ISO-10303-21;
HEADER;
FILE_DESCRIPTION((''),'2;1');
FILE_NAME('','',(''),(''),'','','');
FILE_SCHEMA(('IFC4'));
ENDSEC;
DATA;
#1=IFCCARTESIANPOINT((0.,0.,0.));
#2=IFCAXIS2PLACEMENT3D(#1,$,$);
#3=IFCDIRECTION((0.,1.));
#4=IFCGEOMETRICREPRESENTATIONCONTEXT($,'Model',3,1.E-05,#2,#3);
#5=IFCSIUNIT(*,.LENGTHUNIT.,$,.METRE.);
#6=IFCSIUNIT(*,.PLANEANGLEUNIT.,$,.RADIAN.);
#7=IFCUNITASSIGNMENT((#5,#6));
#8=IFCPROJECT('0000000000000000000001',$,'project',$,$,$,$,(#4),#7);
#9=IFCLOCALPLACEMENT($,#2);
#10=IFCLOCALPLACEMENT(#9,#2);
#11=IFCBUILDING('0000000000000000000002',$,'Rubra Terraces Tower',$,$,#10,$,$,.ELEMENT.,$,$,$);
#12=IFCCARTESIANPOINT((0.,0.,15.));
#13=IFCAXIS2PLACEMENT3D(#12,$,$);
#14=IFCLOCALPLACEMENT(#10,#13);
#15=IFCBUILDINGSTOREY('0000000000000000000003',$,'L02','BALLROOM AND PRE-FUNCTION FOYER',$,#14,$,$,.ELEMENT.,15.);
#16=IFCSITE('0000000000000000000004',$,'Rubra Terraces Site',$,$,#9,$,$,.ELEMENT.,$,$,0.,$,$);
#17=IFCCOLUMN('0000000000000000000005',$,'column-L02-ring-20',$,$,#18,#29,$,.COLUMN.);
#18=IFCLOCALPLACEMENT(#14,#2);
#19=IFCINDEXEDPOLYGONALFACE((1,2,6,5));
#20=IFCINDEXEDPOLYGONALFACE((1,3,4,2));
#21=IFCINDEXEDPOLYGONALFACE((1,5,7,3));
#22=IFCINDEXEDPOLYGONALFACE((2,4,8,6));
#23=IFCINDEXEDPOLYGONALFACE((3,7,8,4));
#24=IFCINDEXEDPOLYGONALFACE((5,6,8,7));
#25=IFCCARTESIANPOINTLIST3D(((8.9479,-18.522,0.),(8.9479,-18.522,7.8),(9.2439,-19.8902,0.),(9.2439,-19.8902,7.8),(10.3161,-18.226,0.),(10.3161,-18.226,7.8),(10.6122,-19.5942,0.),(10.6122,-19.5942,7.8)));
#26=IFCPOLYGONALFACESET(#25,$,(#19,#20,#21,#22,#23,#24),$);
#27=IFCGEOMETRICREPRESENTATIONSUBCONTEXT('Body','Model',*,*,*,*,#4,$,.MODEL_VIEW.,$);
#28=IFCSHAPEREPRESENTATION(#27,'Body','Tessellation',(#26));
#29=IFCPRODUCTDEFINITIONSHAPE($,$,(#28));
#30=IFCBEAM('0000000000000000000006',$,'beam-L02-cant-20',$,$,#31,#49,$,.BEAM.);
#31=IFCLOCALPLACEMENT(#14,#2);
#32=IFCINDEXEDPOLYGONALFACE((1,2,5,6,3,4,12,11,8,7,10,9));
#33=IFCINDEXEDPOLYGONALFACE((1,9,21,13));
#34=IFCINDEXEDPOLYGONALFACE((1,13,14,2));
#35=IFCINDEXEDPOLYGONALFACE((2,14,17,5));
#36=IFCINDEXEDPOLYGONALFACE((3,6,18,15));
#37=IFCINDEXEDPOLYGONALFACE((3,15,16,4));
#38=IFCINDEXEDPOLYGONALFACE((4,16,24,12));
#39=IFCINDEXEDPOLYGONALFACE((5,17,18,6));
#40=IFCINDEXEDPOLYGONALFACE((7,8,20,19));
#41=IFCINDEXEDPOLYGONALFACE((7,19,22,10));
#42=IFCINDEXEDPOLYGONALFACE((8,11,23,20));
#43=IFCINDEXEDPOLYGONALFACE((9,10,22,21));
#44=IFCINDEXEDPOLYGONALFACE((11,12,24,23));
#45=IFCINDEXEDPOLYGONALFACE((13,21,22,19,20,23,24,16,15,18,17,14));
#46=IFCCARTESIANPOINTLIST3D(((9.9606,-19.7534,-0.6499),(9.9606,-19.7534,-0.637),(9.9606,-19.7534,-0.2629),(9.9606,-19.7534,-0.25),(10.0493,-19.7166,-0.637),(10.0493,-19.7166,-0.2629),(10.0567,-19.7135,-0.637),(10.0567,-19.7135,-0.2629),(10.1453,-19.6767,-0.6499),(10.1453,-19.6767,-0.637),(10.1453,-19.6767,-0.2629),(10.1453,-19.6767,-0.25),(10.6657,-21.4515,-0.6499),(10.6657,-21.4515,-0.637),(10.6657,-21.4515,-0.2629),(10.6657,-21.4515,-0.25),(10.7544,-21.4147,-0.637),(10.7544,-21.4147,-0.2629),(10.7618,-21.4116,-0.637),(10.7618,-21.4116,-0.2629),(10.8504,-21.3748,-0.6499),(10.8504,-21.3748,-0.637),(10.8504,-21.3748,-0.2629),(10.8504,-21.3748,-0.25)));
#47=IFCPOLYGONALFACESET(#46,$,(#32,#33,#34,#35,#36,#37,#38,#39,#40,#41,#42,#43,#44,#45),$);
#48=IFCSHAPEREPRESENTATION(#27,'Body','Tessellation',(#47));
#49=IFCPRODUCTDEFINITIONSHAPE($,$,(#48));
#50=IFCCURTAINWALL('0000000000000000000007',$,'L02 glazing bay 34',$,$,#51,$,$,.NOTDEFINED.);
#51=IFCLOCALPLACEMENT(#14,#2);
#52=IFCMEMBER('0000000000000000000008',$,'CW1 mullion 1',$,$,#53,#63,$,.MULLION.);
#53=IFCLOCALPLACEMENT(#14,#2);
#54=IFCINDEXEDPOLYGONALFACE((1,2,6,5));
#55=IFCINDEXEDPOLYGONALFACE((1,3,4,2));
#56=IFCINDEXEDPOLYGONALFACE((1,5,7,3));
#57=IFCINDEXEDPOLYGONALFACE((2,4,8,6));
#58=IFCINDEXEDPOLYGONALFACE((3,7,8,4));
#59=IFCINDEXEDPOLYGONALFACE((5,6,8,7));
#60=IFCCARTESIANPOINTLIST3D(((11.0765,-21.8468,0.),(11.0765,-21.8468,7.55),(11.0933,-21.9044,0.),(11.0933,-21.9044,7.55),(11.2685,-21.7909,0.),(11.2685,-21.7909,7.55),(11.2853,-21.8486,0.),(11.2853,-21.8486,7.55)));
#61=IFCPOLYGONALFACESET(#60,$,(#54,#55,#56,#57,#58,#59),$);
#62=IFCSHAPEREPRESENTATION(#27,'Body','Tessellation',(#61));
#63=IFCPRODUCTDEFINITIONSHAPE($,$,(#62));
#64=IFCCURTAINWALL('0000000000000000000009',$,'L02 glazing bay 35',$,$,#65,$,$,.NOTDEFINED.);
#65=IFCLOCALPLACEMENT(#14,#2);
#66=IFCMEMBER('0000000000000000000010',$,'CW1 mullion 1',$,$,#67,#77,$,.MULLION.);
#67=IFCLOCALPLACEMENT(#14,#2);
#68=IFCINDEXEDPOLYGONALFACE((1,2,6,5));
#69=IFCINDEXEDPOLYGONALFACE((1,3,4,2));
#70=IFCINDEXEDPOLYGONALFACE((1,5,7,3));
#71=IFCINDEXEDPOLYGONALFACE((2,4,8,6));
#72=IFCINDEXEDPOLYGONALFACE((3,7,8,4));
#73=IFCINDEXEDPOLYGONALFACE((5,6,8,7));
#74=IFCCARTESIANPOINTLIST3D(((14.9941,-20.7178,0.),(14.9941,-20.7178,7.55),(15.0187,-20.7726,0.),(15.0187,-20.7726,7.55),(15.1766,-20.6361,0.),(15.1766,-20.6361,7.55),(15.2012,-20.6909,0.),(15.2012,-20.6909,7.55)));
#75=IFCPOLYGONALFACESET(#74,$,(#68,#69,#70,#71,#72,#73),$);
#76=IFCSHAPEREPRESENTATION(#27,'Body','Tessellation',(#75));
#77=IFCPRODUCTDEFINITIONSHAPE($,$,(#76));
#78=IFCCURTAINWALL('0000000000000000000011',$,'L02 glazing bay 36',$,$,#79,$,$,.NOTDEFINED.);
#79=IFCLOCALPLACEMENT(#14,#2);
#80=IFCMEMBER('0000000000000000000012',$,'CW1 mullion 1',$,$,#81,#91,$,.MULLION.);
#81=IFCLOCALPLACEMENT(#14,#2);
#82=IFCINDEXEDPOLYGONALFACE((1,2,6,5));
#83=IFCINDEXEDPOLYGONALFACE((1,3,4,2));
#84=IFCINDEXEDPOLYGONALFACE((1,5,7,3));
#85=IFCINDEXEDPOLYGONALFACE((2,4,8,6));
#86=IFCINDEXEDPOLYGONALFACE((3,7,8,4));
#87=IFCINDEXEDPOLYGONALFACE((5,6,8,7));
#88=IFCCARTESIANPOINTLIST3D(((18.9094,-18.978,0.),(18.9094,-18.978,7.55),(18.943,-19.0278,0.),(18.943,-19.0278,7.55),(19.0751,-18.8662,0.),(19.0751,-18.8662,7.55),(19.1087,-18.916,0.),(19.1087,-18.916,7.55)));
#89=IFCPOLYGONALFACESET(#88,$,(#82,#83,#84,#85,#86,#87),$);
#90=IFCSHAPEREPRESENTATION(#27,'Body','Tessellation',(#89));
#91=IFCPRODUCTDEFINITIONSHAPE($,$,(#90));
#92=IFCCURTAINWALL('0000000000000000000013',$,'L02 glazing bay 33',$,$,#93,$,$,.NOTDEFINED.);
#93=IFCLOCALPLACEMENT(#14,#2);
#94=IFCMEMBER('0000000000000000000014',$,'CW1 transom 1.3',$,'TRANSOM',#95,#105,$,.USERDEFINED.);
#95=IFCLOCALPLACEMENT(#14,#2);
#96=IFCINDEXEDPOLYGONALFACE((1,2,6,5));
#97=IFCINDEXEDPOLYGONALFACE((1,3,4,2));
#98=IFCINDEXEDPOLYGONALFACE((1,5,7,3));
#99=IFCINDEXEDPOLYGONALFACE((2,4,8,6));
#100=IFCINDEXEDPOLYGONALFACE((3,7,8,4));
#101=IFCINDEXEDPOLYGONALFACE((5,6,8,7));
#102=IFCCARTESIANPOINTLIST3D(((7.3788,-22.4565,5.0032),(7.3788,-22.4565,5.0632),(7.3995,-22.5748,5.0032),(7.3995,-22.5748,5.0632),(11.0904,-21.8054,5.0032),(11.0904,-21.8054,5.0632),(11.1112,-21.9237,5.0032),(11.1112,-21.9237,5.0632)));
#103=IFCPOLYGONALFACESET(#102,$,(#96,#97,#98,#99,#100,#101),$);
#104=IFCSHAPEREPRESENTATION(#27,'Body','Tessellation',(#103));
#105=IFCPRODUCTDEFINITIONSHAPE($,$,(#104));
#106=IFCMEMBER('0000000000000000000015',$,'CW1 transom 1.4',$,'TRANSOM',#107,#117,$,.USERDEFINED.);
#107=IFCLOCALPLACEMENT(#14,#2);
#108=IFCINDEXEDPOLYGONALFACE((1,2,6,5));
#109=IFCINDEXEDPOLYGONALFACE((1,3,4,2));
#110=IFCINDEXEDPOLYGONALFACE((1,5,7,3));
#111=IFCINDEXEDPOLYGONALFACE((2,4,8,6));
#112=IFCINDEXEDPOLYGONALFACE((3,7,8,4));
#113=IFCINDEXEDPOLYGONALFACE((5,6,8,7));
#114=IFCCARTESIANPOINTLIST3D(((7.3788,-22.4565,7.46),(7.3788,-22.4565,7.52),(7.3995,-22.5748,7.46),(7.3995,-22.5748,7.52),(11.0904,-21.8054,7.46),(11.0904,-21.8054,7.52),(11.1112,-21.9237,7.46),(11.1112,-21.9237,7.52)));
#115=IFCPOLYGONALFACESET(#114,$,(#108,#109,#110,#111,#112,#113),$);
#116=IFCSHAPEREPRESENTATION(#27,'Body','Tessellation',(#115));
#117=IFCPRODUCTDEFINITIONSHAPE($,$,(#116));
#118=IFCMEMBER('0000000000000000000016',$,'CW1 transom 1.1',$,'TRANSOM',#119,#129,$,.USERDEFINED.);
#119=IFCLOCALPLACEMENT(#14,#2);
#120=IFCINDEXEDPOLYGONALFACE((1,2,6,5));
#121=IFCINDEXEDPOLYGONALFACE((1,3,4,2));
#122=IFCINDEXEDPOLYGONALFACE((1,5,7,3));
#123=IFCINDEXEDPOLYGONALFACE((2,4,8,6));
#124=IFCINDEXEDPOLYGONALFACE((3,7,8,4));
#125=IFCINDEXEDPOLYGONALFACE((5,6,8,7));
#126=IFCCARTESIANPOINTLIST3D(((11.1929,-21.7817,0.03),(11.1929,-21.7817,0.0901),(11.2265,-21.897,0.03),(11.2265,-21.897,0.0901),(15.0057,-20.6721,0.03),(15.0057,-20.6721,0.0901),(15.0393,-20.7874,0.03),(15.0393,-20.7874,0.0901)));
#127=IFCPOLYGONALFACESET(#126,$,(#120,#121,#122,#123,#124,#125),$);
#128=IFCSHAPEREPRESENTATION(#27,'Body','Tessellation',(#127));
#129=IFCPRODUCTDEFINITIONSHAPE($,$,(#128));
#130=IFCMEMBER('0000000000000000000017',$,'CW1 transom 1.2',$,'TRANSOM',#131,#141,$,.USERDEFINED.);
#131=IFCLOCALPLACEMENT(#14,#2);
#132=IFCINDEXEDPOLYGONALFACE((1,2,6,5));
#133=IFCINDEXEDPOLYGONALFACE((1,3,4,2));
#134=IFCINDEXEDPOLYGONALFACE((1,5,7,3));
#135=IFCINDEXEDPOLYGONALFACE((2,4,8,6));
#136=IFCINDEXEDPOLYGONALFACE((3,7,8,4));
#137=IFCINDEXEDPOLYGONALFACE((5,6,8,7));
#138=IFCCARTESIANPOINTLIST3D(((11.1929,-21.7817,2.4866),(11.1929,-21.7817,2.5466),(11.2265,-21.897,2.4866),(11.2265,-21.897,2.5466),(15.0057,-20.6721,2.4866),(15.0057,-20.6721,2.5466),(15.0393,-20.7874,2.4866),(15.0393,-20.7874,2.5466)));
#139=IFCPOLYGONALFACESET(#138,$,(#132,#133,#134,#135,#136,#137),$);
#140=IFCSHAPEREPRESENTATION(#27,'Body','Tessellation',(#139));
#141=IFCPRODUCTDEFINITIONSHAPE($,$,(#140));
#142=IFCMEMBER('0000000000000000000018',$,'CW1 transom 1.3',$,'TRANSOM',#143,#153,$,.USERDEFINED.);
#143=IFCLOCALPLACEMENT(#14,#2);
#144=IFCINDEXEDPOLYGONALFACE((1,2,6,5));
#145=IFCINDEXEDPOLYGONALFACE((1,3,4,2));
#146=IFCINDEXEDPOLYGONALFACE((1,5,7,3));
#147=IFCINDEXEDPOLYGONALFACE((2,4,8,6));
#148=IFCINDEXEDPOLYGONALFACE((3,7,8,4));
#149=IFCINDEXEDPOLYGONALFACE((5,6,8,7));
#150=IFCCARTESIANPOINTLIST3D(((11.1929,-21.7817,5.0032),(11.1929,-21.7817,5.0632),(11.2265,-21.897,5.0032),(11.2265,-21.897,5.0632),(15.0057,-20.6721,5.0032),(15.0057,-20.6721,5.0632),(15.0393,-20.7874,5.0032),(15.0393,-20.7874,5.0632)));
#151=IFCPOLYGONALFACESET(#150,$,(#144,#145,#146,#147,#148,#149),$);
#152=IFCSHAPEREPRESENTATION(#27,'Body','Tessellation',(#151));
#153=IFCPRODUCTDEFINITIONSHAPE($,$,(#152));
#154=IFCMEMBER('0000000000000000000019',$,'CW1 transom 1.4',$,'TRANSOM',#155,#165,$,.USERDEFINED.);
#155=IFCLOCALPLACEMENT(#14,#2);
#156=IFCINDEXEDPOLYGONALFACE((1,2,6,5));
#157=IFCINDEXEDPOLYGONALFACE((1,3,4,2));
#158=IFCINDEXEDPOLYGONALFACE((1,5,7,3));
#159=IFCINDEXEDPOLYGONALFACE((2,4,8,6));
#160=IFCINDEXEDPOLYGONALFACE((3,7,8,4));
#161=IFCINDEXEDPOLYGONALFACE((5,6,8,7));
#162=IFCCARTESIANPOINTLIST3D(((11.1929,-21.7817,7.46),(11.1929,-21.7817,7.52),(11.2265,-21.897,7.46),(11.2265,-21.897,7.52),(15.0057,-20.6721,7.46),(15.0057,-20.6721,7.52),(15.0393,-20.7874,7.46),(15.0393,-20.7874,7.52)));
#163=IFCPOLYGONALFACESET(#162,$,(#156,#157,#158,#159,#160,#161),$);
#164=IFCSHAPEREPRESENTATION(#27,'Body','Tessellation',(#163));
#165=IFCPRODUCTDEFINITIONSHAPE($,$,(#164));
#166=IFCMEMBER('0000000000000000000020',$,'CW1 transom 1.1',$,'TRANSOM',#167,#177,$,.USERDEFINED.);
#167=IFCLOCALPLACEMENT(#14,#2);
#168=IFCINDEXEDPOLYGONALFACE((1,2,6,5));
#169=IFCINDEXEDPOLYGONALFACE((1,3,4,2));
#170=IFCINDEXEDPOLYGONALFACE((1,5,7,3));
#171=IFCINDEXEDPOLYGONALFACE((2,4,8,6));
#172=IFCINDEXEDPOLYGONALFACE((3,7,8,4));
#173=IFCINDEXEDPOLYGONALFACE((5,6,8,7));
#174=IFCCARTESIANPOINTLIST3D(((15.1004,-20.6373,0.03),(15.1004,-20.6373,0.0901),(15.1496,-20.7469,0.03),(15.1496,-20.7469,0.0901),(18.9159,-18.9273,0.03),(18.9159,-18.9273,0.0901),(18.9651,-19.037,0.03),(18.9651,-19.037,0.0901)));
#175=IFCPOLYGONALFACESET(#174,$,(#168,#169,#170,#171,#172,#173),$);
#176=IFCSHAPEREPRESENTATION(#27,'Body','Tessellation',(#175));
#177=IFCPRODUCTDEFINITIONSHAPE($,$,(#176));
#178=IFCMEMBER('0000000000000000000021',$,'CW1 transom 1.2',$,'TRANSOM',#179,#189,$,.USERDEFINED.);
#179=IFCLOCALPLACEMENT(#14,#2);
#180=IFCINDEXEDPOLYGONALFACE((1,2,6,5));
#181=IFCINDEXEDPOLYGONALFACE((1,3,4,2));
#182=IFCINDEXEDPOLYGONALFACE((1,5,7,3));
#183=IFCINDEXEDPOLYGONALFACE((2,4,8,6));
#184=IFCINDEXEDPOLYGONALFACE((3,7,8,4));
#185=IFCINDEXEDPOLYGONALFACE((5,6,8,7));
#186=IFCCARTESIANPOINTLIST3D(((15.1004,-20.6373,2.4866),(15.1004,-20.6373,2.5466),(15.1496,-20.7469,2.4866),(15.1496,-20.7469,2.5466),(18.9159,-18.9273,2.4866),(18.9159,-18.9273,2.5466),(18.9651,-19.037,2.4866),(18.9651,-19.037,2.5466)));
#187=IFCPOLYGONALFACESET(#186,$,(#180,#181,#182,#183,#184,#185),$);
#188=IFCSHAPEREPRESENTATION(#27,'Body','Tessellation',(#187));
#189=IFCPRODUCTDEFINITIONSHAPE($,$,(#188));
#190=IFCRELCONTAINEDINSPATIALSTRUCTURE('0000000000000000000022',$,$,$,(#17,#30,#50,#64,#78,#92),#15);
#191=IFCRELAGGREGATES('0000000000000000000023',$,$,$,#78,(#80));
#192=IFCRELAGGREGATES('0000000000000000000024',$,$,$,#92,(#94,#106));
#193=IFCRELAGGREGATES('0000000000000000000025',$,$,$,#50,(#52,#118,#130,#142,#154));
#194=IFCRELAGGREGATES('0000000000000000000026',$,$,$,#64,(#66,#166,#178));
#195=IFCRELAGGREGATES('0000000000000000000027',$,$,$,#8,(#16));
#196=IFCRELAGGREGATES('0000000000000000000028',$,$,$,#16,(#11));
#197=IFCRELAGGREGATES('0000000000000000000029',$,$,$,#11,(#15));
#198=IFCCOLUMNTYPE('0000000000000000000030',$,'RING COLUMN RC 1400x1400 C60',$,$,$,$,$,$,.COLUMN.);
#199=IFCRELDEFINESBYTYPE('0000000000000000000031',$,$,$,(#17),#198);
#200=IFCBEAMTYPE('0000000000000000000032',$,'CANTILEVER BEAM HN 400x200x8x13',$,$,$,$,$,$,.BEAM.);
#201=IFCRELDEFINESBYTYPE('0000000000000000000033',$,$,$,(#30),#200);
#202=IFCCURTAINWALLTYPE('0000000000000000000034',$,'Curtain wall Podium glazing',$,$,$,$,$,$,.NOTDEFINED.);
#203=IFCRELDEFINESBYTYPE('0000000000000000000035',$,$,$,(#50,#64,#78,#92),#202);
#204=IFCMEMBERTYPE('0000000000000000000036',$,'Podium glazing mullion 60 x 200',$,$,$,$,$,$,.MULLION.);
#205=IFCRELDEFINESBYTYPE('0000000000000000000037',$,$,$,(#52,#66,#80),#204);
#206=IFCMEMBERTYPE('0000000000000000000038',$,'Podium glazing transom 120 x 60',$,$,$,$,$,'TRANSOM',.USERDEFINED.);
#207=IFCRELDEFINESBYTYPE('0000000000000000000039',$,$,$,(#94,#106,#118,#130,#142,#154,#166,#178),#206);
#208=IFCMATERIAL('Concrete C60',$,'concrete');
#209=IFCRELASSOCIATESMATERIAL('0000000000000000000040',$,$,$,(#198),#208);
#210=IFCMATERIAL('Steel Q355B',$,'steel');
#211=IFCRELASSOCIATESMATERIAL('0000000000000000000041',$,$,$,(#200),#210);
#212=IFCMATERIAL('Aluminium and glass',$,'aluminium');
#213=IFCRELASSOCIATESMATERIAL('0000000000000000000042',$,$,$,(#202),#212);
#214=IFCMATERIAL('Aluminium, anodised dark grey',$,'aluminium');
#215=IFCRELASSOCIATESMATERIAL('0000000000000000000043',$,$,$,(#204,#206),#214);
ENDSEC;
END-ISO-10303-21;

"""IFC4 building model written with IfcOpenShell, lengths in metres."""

from ifc_helpers import new_model, si_unit, direction, frame, origin, origin_2d, place, context, subcontext, project, spatial, rectangle, i_section, extrude, material, material_profile, profile_set, type_object, element, aggregate, save


model = new_model("IFC4")

# Units and contexts
model_context = context("Model", 3, precision=1e-05, world=origin(), true_north=direction((0.0, 1.0)))
body_context = subcontext(model_context, "Body", "Model", "MODEL_VIEW")
ifc_project = project(units=[si_unit("LENGTHUNIT", "METRE"), si_unit("PLANEANGLEUNIT", "RADIAN")], contexts=[model_context])

# Site, building, storey
site_placement = place(None, origin())
site = spatial("IfcSite", under=ifc_project, at=site_placement, Name="Rubra Terraces Site", CompositionType="ELEMENT", RefElevation=0.0)
building_placement = place(site_placement, origin())
building = spatial("IfcBuilding", under=site, at=building_placement, Name="Rubra Terraces Tower", CompositionType="ELEMENT")
storey_placement = place(building_placement, frame((0.0, 0.0, 15.0)))
storey = spatial("IfcBuildingStorey", under=building, at=storey_placement, Name="L02", Description="BALLROOM AND PRE-FUNCTION FOYER", CompositionType="ELEMENT", Elevation=15.0)

# Column
ifc_material_1 = material(Name="Concrete C60", Category="concrete")
ifc_material_profile_1 = material_profile(ifc_material_1, rectangle(XDim=1.3999, YDim=1.3999, at=origin_2d()), Name="RC 1400x1400")
ifc_profile_set_1 = profile_set([ifc_material_profile_1], Name="Concrete C60")
column_type = type_object("IfcColumnType", Name="RING COLUMN RC 1400x1400 C60", PredefinedType="COLUMN", material=ifc_profile_set_1)
column_placement = place(storey_placement, frame((9.78, -19.0581, 0.0), z_axis=(0.0, 0.0, 1.0), x_axis=(0.977386, 0.211462, 0.0)))
element("IfcColumn", 1, at=column_placement, inside=storey, type_object=column_type, Name="column-L02-ring-20", PredefinedType="COLUMN", context=body_context, shape_type="SweptSolid", body=[
    extrude(rectangle(XDim=1.3999, YDim=1.3999, at=origin_2d()), origin(), (0.0, 0.0, 1.0), 7.8),
])

# Beam
ifc_material_2 = material(Name="Steel Q355B", Category="steel")
ifc_material_profile_2 = material_profile(ifc_material_2, i_section(OverallWidth=0.2, OverallDepth=0.3999, WebThickness=0.0081, FlangeThickness=0.0129, at=origin_2d()), Name="HN 400x200x8x13")
ifc_profile_set_2 = profile_set([ifc_material_profile_2], Name="Steel Q355B")
beam_type = type_object("IfcBeamType", Name="CANTILEVER BEAM HN 400x200x8x13", PredefinedType="BEAM", material=ifc_profile_set_2)
beam_placement = place(storey_placement, frame((10.053, -19.7151, -0.45), z_axis=(0.383493, -0.923544, 0.0), x_axis=(0.923544, 0.383493, 0.0)))
element("IfcBeam", 2, at=beam_placement, inside=storey, type_object=beam_type, Name="beam-L02-cant-20", PredefinedType="BEAM", context=body_context, shape_type="SweptSolid", body=[
    extrude(i_section(OverallWidth=0.2, OverallDepth=0.3999, WebThickness=0.0081, FlangeThickness=0.0129, at=origin_2d()), origin(), (0.0, 0.0, 1.0), 1.8386),
])

# Curtain walls, members
ifc_material_3 = material(Name="Aluminium and glass", Category="aluminium")
curtain_wall_type = type_object("IfcCurtainWallType", Name="Curtain wall Podium glazing", PredefinedType="NOTDEFINED", material=ifc_material_3)
curtain_wall_1_placement = place(storey_placement, origin())
curtain_wall_1 = element("IfcCurtainWall", 3, at=curtain_wall_1_placement, inside=storey, type_object=curtain_wall_type, Name="L02 glazing bay 34", PredefinedType="NOTDEFINED")
ifc_material_4 = material(Name="Aluminium, anodised dark grey", Category="aluminium")
ifc_material_profile_3 = material_profile(ifc_material_4, rectangle(XDim=0.0601, YDim=0.2, at=origin_2d()), Name="AL 60x200")
ifc_profile_set_3 = profile_set([ifc_material_profile_3], Name="Aluminium, anodised dark grey")
member_type_1 = type_object("IfcMemberType", Name="Podium glazing mullion 60 x 200", PredefinedType="MULLION", material=ifc_profile_set_3)
member_1_placement = place(storey_placement, frame((11.1809, -21.8477, 0.0), z_axis=(0.0, 0.0, 1.0), x_axis=(-0.279399, 0.960175, 0.0)))
member_1 = element("IfcMember", 4, at=member_1_placement, type_object=member_type_1, Name="CW1 mullion 1", PredefinedType="MULLION", context=body_context, shape_type="SweptSolid", body=[
    extrude(rectangle(XDim=0.0601, YDim=0.2, at=origin_2d()), origin(), (0.0, 0.0, 1.0), 7.55),
])
curtain_wall_2_placement = place(storey_placement, origin())
curtain_wall_2 = element("IfcCurtainWall", 5, at=curtain_wall_2_placement, inside=storey, type_object=curtain_wall_type, Name="L02 glazing bay 35", PredefinedType="NOTDEFINED")
member_2_placement = place(storey_placement, frame((15.0977, -20.7043, 0.0), z_axis=(0.0, 0.0, 1.0), x_axis=(-0.408962, 0.912551, 0.0)))
member_2 = element("IfcMember", 6, at=member_2_placement, type_object=member_type_1, Name="CW1 mullion 1", PredefinedType="MULLION", context=body_context, shape_type="SweptSolid", body=[
    extrude(rectangle(XDim=0.0601, YDim=0.2, at=origin_2d()), origin(), (0.0, 0.0, 1.0), 7.55),
])
curtain_wall_3_placement = place(storey_placement, origin())
curtain_wall_3 = element("IfcCurtainWall", 7, at=curtain_wall_3_placement, inside=storey, type_object=curtain_wall_type, Name="L02 glazing bay 36", PredefinedType="NOTDEFINED")
member_3_placement = place(storey_placement, frame((19.009, -18.947, 0.0), z_axis=(0.0, 0.0, 1.0), x_axis=(-0.559277, 0.828981, 0.0)))
member_3 = element("IfcMember", 8, at=member_3_placement, type_object=member_type_1, Name="CW1 mullion 1", PredefinedType="MULLION", context=body_context, shape_type="SweptSolid", body=[
    extrude(rectangle(XDim=0.0601, YDim=0.2, at=origin_2d()), origin(), (0.0, 0.0, 1.0), 7.55),
])
aggregate(curtain_wall_3, [member_3])

# Curtain wall, members
curtain_wall_4_placement = place(storey_placement, origin())
curtain_wall_4 = element("IfcCurtainWall", 9, at=curtain_wall_4_placement, inside=storey, type_object=curtain_wall_type, Name="L02 glazing bay 33", PredefinedType="NOTDEFINED")
ifc_material_profile_4 = material_profile(ifc_material_4, rectangle(XDim=0.1201, YDim=0.0601, at=origin_2d()), Name="AL 120x60")
ifc_profile_set_4 = profile_set([ifc_material_profile_4], Name="Aluminium, anodised dark grey")
member_type_2 = type_object("IfcMemberType", Name="Podium glazing transom 120 x 60", ElementType="TRANSOM", PredefinedType="USERDEFINED", material=ifc_profile_set_4)
member_4_placement = place(storey_placement, frame((7.3892, -22.5156, 5.0332), z_axis=(0.984959, 0.172787, 0.0), x_axis=(-0.172787, 0.984959, 0.0)))
member_4 = element("IfcMember", 10, at=member_4_placement, type_object=member_type_2, Name="CW1 transom 1.3", ObjectType="TRANSOM", PredefinedType="USERDEFINED", context=body_context, shape_type="SweptSolid", body=[
    extrude(rectangle(XDim=0.1201, YDim=0.0601, at=origin_2d()), origin(), (0.0, 0.0, 1.0), 3.7683),
])
member_5_placement = place(storey_placement, frame((7.3892, -22.5156, 7.49), z_axis=(0.984959, 0.172787, 0.0), x_axis=(-0.172787, 0.984959, 0.0)))
member_5 = element("IfcMember", 11, at=member_5_placement, type_object=member_type_2, Name="CW1 transom 1.4", ObjectType="TRANSOM", PredefinedType="USERDEFINED", context=body_context, shape_type="SweptSolid", body=[
    extrude(rectangle(XDim=0.1201, YDim=0.0601, at=origin_2d()), origin(), (0.0, 0.0, 1.0), 3.7683),
])

# Members
member_6_placement = place(storey_placement, frame((11.2097, -21.8394, 0.0601), z_axis=(0.960164, 0.279436, 0.0), x_axis=(-0.279436, 0.960164, 0.0)))
member_6 = element("IfcMember", 12, at=member_6_placement, type_object=member_type_2, Name="CW1 transom 1.1", ObjectType="TRANSOM", PredefinedType="USERDEFINED", context=body_context, shape_type="SweptSolid", body=[
    extrude(rectangle(XDim=0.1201, YDim=0.0601, at=origin_2d()), origin(), (0.0, 0.0, 1.0), 3.9709),
])
member_7_placement = place(storey_placement, frame((11.2097, -21.8394, 2.5166), z_axis=(0.960164, 0.279436, 0.0), x_axis=(-0.279436, 0.960164, 0.0)))
member_7 = element("IfcMember", 13, at=member_7_placement, type_object=member_type_2, Name="CW1 transom 1.2", ObjectType="TRANSOM", PredefinedType="USERDEFINED", context=body_context, shape_type="SweptSolid", body=[
    extrude(rectangle(XDim=0.1201, YDim=0.0601, at=origin_2d()), origin(), (0.0, 0.0, 1.0), 3.9709),
])
member_8_placement = place(storey_placement, frame((11.2097, -21.8394, 5.0332), z_axis=(0.960164, 0.279436, 0.0), x_axis=(-0.279436, 0.960164, 0.0)))
member_8 = element("IfcMember", 14, at=member_8_placement, type_object=member_type_2, Name="CW1 transom 1.3", ObjectType="TRANSOM", PredefinedType="USERDEFINED", context=body_context, shape_type="SweptSolid", body=[
    extrude(rectangle(XDim=0.1201, YDim=0.0601, at=origin_2d()), origin(), (0.0, 0.0, 1.0), 3.9709),
])
member_9_placement = place(storey_placement, frame((11.2097, -21.8394, 7.49), z_axis=(0.960164, 0.279436, 0.0), x_axis=(-0.279436, 0.960164, 0.0)))
member_9 = element("IfcMember", 15, at=member_9_placement, type_object=member_type_2, Name="CW1 transom 1.4", ObjectType="TRANSOM", PredefinedType="USERDEFINED", context=body_context, shape_type="SweptSolid", body=[
    extrude(rectangle(XDim=0.1201, YDim=0.0601, at=origin_2d()), origin(), (0.0, 0.0, 1.0), 3.9709),
])
member_10_placement = place(storey_placement, frame((15.125, -20.6921, 0.0601), z_axis=(0.912545, 0.408975, 0.0), x_axis=(-0.408975, 0.912545, 0.0)))
member_10 = element("IfcMember", 16, at=member_10_placement, type_object=member_type_2, Name="CW1 transom 1.1", ObjectType="TRANSOM", PredefinedType="USERDEFINED", context=body_context, shape_type="SweptSolid", body=[
    extrude(rectangle(XDim=0.1201, YDim=0.0601, at=origin_2d()), origin(), (0.0, 0.0, 1.0), 4.1812),
])
member_11_placement = place(storey_placement, frame((15.125, -20.6921, 2.5166), z_axis=(0.912545, 0.408975, 0.0), x_axis=(-0.408975, 0.912545, 0.0)))
member_11 = element("IfcMember", 17, at=member_11_placement, type_object=member_type_2, Name="CW1 transom 1.2", ObjectType="TRANSOM", PredefinedType="USERDEFINED", context=body_context, shape_type="SweptSolid", body=[
    extrude(rectangle(XDim=0.1201, YDim=0.0601, at=origin_2d()), origin(), (0.0, 0.0, 1.0), 4.1812),
])

aggregate(curtain_wall_4, [member_4, member_5])
aggregate(curtain_wall_1, [member_1, member_6, member_7, member_8, member_9])
aggregate(curtain_wall_2, [member_2, member_10, member_11])

save(model, "model.ifc")
